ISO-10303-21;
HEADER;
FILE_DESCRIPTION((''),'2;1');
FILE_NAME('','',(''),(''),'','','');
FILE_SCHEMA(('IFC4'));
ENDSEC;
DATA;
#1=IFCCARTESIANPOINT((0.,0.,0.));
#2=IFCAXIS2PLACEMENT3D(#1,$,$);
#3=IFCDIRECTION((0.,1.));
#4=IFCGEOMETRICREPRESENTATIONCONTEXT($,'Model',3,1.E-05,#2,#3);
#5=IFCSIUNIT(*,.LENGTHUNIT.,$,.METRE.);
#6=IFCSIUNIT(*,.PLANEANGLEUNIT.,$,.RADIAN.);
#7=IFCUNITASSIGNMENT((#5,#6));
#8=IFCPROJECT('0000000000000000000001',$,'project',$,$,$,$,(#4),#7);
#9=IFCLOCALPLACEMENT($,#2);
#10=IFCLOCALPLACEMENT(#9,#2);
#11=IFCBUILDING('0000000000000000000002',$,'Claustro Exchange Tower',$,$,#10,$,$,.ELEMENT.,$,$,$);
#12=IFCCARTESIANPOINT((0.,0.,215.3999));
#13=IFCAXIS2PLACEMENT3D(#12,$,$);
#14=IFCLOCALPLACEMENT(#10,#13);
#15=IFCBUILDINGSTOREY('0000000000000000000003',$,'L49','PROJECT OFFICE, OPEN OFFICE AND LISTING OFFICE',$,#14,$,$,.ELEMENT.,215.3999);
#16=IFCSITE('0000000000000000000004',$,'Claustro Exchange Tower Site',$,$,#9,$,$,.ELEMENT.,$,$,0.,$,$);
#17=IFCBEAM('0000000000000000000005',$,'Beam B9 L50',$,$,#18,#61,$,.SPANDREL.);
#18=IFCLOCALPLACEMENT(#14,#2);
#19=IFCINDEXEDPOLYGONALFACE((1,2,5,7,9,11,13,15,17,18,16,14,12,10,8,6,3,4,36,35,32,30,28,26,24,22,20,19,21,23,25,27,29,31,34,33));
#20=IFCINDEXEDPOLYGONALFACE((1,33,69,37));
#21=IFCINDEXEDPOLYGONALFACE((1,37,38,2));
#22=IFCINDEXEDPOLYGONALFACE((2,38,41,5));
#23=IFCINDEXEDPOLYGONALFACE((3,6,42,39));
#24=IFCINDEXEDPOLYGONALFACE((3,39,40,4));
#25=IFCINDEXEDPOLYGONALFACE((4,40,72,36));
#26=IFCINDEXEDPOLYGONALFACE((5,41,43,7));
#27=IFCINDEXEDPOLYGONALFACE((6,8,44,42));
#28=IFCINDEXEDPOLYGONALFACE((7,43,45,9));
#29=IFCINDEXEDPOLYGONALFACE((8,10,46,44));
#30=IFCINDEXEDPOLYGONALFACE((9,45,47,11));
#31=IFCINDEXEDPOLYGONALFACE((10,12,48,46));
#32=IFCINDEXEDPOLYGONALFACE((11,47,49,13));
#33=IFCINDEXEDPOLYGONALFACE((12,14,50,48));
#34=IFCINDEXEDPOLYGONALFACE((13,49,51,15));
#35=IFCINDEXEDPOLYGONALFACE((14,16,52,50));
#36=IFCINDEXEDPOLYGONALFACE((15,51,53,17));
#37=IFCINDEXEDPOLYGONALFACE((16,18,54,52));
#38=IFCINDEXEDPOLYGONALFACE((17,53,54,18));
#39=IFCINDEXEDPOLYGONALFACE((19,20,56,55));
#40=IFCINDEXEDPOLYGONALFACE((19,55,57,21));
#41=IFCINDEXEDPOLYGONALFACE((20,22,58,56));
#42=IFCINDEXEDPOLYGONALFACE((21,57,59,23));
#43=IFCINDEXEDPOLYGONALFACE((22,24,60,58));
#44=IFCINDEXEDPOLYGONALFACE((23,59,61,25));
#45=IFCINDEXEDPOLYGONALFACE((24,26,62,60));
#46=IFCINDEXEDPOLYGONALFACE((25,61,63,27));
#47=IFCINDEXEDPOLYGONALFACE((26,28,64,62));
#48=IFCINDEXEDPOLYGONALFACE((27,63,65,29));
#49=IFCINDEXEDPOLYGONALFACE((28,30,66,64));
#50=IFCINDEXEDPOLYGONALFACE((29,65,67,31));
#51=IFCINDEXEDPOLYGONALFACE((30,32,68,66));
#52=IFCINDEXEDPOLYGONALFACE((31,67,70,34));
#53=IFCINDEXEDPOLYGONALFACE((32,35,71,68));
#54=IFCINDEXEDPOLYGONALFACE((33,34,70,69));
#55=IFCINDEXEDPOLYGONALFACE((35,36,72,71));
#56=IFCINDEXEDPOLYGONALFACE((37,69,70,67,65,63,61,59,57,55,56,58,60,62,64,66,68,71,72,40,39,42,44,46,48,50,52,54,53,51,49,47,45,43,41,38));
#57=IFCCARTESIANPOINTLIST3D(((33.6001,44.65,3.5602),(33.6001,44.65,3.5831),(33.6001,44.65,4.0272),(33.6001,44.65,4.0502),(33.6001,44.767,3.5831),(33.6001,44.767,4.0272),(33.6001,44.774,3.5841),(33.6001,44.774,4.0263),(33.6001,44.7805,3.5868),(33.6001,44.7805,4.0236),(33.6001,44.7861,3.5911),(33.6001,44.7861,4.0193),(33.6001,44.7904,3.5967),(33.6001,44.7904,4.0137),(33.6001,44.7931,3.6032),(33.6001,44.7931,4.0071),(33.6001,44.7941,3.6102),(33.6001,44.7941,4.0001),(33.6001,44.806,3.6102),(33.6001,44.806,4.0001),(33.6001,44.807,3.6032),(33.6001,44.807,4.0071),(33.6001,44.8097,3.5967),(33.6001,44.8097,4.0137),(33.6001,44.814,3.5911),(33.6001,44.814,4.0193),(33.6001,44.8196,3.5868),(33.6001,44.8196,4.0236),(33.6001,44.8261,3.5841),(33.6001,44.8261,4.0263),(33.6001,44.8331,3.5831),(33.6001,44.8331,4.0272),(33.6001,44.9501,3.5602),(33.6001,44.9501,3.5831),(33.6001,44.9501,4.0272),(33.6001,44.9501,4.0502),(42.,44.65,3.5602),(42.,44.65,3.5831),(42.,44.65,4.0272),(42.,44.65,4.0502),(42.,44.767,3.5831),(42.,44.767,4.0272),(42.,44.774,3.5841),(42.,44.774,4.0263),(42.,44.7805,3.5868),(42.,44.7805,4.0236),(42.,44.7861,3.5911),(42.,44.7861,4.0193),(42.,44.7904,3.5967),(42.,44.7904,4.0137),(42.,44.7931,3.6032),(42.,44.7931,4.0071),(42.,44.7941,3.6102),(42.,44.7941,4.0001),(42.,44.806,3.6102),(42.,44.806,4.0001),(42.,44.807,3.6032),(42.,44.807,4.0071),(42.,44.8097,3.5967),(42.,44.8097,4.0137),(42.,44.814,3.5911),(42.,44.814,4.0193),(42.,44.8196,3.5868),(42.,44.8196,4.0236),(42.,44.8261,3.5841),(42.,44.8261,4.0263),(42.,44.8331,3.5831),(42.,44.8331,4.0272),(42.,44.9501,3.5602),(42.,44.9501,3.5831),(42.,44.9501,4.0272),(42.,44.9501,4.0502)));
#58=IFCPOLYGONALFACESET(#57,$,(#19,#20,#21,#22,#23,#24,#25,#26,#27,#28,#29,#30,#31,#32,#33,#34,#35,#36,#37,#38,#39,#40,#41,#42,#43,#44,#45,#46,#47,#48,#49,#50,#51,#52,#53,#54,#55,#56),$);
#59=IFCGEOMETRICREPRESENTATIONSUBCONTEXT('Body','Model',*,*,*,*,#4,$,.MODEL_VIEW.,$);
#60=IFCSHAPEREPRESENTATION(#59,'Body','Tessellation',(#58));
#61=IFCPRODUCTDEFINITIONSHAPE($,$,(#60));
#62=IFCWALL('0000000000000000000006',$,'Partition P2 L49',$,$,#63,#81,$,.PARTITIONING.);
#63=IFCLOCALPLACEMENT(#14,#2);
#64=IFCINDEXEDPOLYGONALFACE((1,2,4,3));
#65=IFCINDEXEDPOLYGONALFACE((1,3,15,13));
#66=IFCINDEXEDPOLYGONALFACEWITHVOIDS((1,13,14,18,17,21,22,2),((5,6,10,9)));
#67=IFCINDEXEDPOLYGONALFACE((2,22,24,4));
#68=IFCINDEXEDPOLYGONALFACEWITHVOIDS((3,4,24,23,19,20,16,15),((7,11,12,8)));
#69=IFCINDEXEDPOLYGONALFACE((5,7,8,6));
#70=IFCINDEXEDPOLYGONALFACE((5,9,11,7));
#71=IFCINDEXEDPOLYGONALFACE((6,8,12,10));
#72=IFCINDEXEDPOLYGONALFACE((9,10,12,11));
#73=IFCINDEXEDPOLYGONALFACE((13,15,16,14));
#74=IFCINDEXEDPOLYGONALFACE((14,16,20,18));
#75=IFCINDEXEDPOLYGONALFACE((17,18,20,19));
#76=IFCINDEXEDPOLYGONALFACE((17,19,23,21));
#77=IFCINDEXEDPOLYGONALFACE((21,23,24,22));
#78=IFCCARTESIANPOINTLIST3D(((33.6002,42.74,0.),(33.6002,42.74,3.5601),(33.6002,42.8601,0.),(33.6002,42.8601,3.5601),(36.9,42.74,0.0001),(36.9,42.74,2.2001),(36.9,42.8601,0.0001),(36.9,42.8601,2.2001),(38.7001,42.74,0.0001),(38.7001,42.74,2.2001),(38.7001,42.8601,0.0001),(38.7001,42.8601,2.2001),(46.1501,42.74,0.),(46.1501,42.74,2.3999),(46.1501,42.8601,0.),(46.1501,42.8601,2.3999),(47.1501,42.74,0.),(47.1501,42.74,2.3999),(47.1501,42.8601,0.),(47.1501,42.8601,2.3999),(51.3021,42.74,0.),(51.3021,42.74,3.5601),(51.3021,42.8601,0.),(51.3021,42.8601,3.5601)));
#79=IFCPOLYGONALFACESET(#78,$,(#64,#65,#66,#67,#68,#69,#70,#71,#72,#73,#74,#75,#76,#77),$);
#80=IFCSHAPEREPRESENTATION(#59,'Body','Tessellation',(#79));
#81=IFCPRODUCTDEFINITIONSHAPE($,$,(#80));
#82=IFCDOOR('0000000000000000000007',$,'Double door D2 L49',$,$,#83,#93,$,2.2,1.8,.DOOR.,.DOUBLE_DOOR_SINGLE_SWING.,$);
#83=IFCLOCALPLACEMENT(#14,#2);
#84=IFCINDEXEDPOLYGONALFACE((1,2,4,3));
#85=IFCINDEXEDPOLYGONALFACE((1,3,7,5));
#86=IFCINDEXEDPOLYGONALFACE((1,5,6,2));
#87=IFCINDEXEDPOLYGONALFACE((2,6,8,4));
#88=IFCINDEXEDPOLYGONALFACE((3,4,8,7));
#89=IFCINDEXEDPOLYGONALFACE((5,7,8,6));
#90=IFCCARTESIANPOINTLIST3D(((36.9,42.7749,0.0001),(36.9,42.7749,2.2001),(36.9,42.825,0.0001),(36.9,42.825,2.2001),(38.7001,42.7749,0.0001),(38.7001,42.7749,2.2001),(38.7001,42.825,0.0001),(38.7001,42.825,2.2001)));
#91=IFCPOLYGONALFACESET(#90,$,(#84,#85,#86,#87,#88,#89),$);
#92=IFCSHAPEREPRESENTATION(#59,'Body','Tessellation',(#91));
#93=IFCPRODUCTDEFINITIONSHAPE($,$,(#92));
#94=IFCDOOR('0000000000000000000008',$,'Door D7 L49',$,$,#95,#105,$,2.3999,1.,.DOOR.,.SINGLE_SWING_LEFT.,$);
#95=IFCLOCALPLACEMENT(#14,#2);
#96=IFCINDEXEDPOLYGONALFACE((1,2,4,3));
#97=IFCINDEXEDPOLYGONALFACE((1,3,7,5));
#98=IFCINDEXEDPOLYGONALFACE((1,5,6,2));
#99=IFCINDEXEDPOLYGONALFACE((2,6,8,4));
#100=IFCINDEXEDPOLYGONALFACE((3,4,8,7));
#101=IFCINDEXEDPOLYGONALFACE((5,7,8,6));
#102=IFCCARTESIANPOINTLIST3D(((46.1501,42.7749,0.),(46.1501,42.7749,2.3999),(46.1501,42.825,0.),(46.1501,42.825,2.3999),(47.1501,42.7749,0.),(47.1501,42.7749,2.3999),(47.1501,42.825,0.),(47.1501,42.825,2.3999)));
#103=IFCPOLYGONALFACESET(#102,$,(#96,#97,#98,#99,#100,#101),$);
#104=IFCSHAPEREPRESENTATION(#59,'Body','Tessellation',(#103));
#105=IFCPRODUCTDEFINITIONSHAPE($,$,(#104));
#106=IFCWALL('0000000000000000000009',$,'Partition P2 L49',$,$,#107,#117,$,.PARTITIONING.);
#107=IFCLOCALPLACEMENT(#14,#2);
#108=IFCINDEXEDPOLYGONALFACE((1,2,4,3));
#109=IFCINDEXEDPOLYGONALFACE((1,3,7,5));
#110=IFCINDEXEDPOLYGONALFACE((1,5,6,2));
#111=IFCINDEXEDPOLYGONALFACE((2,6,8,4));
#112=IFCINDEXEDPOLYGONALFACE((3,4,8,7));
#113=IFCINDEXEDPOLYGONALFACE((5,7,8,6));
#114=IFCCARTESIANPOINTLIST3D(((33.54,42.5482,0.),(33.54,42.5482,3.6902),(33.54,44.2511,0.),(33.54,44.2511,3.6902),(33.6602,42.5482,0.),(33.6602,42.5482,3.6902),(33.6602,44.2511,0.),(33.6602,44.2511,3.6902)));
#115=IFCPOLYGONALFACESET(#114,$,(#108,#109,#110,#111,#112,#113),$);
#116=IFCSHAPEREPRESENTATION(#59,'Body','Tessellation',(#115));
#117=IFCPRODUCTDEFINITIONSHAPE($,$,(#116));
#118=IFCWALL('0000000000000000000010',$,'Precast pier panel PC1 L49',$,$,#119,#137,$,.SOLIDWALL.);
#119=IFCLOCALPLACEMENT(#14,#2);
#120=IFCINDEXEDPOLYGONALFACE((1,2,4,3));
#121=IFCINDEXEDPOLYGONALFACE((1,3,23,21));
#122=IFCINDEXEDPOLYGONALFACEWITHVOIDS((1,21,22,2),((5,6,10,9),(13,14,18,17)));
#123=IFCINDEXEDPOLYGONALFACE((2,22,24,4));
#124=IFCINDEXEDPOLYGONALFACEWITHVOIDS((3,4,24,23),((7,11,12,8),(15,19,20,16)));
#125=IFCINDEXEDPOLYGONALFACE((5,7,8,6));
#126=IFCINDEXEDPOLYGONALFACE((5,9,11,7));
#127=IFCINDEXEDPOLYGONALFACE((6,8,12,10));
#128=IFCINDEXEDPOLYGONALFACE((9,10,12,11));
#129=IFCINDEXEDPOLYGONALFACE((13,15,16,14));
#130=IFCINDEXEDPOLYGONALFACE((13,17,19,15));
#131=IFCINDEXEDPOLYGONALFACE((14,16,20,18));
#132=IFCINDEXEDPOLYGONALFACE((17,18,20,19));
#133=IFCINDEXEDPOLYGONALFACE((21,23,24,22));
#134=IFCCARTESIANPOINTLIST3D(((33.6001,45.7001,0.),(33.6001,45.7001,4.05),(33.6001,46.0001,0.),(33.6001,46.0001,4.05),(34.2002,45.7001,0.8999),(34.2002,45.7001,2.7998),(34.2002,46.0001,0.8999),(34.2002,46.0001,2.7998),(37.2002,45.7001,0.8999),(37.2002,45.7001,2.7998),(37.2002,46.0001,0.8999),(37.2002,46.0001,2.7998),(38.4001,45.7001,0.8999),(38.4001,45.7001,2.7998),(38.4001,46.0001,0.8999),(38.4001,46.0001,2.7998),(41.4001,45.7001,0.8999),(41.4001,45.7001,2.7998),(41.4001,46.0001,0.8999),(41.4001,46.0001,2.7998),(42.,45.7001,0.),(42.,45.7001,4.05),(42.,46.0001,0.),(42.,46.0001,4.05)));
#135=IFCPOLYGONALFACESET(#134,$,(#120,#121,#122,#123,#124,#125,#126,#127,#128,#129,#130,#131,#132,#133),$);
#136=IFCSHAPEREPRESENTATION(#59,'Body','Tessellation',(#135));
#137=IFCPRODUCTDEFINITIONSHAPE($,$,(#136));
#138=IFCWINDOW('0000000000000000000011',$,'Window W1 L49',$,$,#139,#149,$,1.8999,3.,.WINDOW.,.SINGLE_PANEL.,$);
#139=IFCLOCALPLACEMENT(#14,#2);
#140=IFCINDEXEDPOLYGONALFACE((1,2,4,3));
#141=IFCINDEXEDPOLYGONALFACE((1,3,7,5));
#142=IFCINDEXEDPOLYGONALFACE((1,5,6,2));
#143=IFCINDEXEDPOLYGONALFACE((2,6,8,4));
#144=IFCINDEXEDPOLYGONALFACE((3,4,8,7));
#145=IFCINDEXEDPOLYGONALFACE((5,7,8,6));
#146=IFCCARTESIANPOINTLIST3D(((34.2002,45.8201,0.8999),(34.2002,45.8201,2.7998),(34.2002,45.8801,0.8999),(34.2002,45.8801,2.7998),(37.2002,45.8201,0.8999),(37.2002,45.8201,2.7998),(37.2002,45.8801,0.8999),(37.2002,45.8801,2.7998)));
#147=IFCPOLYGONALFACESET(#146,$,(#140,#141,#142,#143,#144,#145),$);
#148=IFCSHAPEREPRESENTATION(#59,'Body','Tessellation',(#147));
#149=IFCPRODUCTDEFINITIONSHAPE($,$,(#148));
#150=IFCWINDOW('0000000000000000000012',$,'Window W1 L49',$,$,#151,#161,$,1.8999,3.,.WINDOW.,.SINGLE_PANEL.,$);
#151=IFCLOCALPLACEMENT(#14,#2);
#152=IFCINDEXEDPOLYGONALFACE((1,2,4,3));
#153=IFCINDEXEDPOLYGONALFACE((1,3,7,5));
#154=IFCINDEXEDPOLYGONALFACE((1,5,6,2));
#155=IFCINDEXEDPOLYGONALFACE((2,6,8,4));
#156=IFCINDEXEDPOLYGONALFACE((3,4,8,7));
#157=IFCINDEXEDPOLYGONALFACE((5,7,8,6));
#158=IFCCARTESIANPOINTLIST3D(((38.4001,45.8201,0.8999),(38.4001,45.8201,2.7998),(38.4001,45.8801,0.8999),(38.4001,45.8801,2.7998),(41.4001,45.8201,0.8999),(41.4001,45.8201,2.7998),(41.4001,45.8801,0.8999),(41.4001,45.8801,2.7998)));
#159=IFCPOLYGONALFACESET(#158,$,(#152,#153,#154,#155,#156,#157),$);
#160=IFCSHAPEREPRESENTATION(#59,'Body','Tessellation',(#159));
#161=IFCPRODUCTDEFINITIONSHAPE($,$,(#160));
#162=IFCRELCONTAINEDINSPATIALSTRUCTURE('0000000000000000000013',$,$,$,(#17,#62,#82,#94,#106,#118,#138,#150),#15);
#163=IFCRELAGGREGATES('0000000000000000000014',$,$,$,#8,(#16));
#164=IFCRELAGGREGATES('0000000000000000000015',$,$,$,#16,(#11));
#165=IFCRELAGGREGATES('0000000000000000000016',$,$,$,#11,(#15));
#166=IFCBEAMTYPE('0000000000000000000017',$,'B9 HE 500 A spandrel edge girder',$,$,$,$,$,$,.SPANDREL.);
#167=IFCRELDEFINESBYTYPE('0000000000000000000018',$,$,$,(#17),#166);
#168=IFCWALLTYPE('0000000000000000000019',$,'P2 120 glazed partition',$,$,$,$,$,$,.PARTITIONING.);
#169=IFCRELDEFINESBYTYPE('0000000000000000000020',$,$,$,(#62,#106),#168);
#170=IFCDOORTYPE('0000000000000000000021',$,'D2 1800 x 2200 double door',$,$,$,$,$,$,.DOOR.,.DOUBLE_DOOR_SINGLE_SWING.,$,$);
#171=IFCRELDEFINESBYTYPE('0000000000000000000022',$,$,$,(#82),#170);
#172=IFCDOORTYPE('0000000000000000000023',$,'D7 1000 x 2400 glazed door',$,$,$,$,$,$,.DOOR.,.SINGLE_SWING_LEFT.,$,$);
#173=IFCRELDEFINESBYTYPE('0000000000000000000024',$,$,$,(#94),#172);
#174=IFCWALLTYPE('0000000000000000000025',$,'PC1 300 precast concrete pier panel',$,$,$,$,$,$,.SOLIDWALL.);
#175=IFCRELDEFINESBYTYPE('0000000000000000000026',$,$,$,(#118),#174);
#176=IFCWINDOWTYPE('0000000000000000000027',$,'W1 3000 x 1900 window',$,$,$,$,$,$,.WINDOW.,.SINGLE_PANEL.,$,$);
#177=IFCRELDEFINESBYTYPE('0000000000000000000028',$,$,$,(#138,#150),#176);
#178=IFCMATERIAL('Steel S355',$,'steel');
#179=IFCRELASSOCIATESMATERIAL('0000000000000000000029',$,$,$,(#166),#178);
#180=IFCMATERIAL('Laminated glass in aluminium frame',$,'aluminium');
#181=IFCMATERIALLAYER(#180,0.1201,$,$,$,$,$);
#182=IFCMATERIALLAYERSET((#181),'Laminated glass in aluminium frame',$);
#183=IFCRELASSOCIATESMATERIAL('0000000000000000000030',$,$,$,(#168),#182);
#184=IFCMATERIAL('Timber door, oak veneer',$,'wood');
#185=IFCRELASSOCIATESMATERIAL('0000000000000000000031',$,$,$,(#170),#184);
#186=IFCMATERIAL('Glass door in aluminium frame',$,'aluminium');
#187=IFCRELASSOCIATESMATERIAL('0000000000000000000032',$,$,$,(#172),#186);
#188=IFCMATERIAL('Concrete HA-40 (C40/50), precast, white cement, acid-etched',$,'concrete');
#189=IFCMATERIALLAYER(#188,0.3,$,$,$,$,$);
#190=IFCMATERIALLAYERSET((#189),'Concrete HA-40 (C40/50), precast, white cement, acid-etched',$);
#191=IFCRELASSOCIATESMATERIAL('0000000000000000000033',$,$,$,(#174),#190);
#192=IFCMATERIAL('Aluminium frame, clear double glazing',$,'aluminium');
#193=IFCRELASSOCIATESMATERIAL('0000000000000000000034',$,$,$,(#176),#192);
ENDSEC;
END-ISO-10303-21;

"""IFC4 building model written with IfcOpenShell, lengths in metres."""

from ifc_helpers import new_model, si_unit, direction, frame, frame_2d, origin, origin_2d, place, context, subcontext, project, spatial, rectangle, i_section, extrude, material, layer, layer_set, material_profile, profile_set, type_object, element, fill, save


model = new_model("IFC4")

# Units and contexts
model_context = context("Model", 3, precision=1e-05, world=origin(), true_north=direction((0.0, 1.0)))
body_context = subcontext(model_context, "Body", "Model", "MODEL_VIEW")
ifc_project = project(units=[si_unit("LENGTHUNIT", "METRE"), si_unit("PLANEANGLEUNIT", "RADIAN")], contexts=[model_context])

# Site, building, storey
site_placement = place(None, origin())
site = spatial("IfcSite", under=ifc_project, at=site_placement, Name="Claustro Exchange Tower Site", CompositionType="ELEMENT", RefElevation=0.0)
building_placement = place(site_placement, origin())
building = spatial("IfcBuilding", under=site, at=building_placement, Name="Claustro Exchange Tower", CompositionType="ELEMENT")
storey_placement = place(building_placement, frame((0.0, 0.0, 215.3999)))
storey = spatial("IfcBuildingStorey", under=building, at=storey_placement, Name="L49", Description="PROJECT OFFICE, OPEN OFFICE AND LISTING OFFICE", CompositionType="ELEMENT", Elevation=215.3999)

# Beam
ifc_material_1 = material(Name="Steel S355", Category="steel")
ifc_material_profile_1 = material_profile(ifc_material_1, i_section(OverallWidth=0.3, OverallDepth=0.49, WebThickness=0.012, FlangeThickness=0.0229, FilletRadius=0.0271, at=origin_2d()), Name="HE 500 A")
ifc_profile_set_1 = profile_set([ifc_material_profile_1], Name="Steel S355")
beam_type_1 = type_object("IfcBeamType", Name="B9 HE 500 A spandrel edge girder", PredefinedType="SPANDREL", material=ifc_profile_set_1)
beam_1_placement = place(storey_placement, frame((33.6001, 44.8, 3.8052), z_axis=(1.0, 0.0, 0.0), x_axis=(0.0, 1.0, 0.0)))
element("IfcBeam", 1, at=beam_1_placement, inside=storey, type_object=beam_type_1, Name="Beam B9 L50", PredefinedType="SPANDREL", context=body_context, shape_type="SweptSolid", body=[
    extrude(i_section(OverallWidth=0.3, OverallDepth=0.49, WebThickness=0.012, FlangeThickness=0.0229, FilletRadius=0.0271, at=origin_2d()), origin(), (0.0, 0.0, 1.0), 8.3999),
])

# Wall, openings, doors
ifc_material_2 = material(Name="Laminated glass in aluminium frame", Category="aluminium")
ifc_layer_1 = layer(ifc_material_2, 0.1201)
ifc_layer_set_1 = layer_set([ifc_layer_1], Name="Laminated glass in aluminium frame")
wall_type_1 = type_object("IfcWallType", Name="P2 120 glazed partition", PredefinedType="PARTITIONING", material=ifc_layer_set_1)
wall_1_placement = place(storey_placement, frame((33.6001, 42.8, 0.0), z_axis=(0.0, 0.0, 1.0), x_axis=(1.0, 0.0, 0.0)))
wall_1 = element("IfcWall", 2, at=wall_1_placement, inside=storey, type_object=wall_type_1, Name="Partition P2 L49", PredefinedType="PARTITIONING", context=body_context, shape_type="SweptSolid", body=[
    extrude(rectangle(XDim=17.7019, YDim=0.1201, at=frame_2d((8.8511, 0.0))), origin(), (0.0, 0.0, 1.0), 3.5601),
])
opening_1_placement = place(wall_1_placement, frame((3.3, 0.0, 0.0)))
opening_1 = element("IfcOpeningElement", 3, at=opening_1_placement, cuts=wall_1, PredefinedType="OPENING", context=body_context, shape_type="SweptSolid", body=[
    extrude(rectangle(XDim=1.8, YDim=2.2, at=frame_2d((0.8999, 1.1001))), frame((0.0, 0.0701, 0.0), z_axis=(0.0, -1.0, 0.0), x_axis=(1.0, 0.0, 0.0)), (0.0, 0.0, 1.0), 0.1401),
])
opening_2_placement = place(wall_1_placement, frame((12.55, 0.0, 0.0)))
opening_2 = element("IfcOpeningElement", 4, at=opening_2_placement, cuts=wall_1, PredefinedType="OPENING", context=body_context, shape_type="SweptSolid", body=[
    extrude(rectangle(XDim=1.0, YDim=2.3999, at=frame_2d((0.5, 1.2))), frame((0.0, 0.0701, 0.0), z_axis=(0.0, -1.0, 0.0), x_axis=(1.0, 0.0, 0.0)), (0.0, 0.0, 1.0), 0.1401),
])
ifc_material_3 = material(Name="Timber door, oak veneer", Category="wood")
door_type_1 = type_object("IfcDoorType", Name="D2 1800 x 2200 double door", OperationType="DOUBLE_DOOR_SINGLE_SWING", PredefinedType="DOOR", material=ifc_material_3)
door_1_placement = place(opening_1_placement, origin())
door_1 = element("IfcDoor", 5, at=door_1_placement, inside=storey, type_object=door_type_1, Name="Double door D2 L49", OperationType="DOUBLE_DOOR_SINGLE_SWING", OverallHeight=2.2, OverallWidth=1.8, PredefinedType="DOOR", context=body_context, shape_type="SweptSolid", body=[
    extrude(rectangle(XDim=1.8, YDim=2.2, at=frame_2d((0.8999, 1.1001))), frame((0.0, 0.0249, 0.0), z_axis=(0.0, -1.0, 0.0), x_axis=(1.0, 0.0, 0.0)), (0.0, 0.0, 1.0), 0.05),
])
fill(opening_1, door_1)
ifc_material_4 = material(Name="Glass door in aluminium frame", Category="aluminium")
door_type_2 = type_object("IfcDoorType", Name="D7 1000 x 2400 glazed door", OperationType="SINGLE_SWING_LEFT", PredefinedType="DOOR", material=ifc_material_4)
door_2_placement = place(opening_2_placement, origin())
door_2 = element("IfcDoor", 6, at=door_2_placement, inside=storey, type_object=door_type_2, Name="Door D7 L49", OperationType="SINGLE_SWING_LEFT", OverallHeight=2.3999, OverallWidth=1.0, PredefinedType="DOOR", context=body_context, shape_type="SweptSolid", body=[
    extrude(rectangle(XDim=1.0, YDim=2.3999, at=frame_2d((0.5, 1.2))), frame((0.0, 0.0249, 0.0), z_axis=(0.0, -1.0, 0.0), x_axis=(1.0, 0.0, 0.0)), (0.0, 0.0, 1.0), 0.05),
])
fill(opening_2, door_2)

# Wall
wall_2_placement = place(storey_placement, frame((33.6001, 42.5481, 0.0), z_axis=(0.0, 0.0, 1.0), x_axis=(0.0, 1.0, 0.0)))
element("IfcWall", 7, at=wall_2_placement, inside=storey, type_object=wall_type_1, Name="Partition P2 L49", PredefinedType="PARTITIONING", context=body_context, shape_type="SweptSolid", body=[
    extrude(rectangle(XDim=1.7029, YDim=0.1201, at=frame_2d((0.8516, 0.0))), origin(), (0.0, 0.0, 1.0), 3.6902),
])

# Wall, openings, windows
ifc_material_5 = material(Name="Concrete HA-40 (C40/50), precast, white cement, acid-etched", Category="concrete")
ifc_layer_2 = layer(ifc_material_5, 0.3)
ifc_layer_set_2 = layer_set([ifc_layer_2], Name="Concrete HA-40 (C40/50), precast, white cement, acid-etched")
wall_type_2 = type_object("IfcWallType", Name="PC1 300 precast concrete pier panel", PredefinedType="SOLIDWALL", material=ifc_layer_set_2)
wall_3_placement = place(storey_placement, frame((33.6001, 45.8501, 0.0), z_axis=(0.0, 0.0, 1.0), x_axis=(1.0, 0.0, 0.0)))
wall_3 = element("IfcWall", 8, at=wall_3_placement, inside=storey, type_object=wall_type_2, Name="Precast pier panel PC1 L49", PredefinedType="SOLIDWALL", context=body_context, shape_type="SweptSolid", body=[
    extrude(rectangle(XDim=8.3999, YDim=0.3, at=frame_2d((4.2, 0.0))), origin(), (0.0, 0.0, 1.0), 4.05),
])
opening_3_placement = place(wall_3_placement, frame((0.6001, 0.0, 0.8999)))
opening_3 = element("IfcOpeningElement", 9, at=opening_3_placement, cuts=wall_3, PredefinedType="OPENING", context=body_context, shape_type="SweptSolid", body=[
    extrude(rectangle(XDim=3.0, YDim=1.8999, at=frame_2d((1.5, 0.95))), frame((0.0, 0.1599, 0.0), z_axis=(0.0, -1.0, 0.0), x_axis=(1.0, 0.0, 0.0)), (0.0, 0.0, 1.0), 0.3201),
])
opening_4_placement = place(wall_3_placement, frame((4.8, 0.0, 0.8999)))
opening_4 = element("IfcOpeningElement", 10, at=opening_4_placement, cuts=wall_3, PredefinedType="OPENING", context=body_context, shape_type="SweptSolid", body=[
    extrude(rectangle(XDim=3.0, YDim=1.8999, at=frame_2d((1.5, 0.95))), frame((0.0, 0.1599, 0.0), z_axis=(0.0, -1.0, 0.0), x_axis=(1.0, 0.0, 0.0)), (0.0, 0.0, 1.0), 0.3201),
])
ifc_material_6 = material(Name="Aluminium frame, clear double glazing", Category="aluminium")
window_type = type_object("IfcWindowType", Name="W1 3000 x 1900 window", PartitioningType="SINGLE_PANEL", PredefinedType="WINDOW", material=ifc_material_6)
window_1_placement = place(opening_3_placement, origin())
window_1 = element("IfcWindow", 11, at=window_1_placement, inside=storey, type_object=window_type, Name="Window W1 L49", OverallHeight=1.8999, OverallWidth=3.0, PartitioningType="SINGLE_PANEL", PredefinedType="WINDOW", context=body_context, shape_type="SweptSolid", body=[
    extrude(rectangle(XDim=3.0, YDim=1.8999, at=frame_2d((1.5, 0.95))), frame((0.0, 0.03, 0.0), z_axis=(0.0, -1.0, 0.0), x_axis=(1.0, 0.0, 0.0)), (0.0, 0.0, 1.0), 0.0601),
])
fill(opening_3, window_1)
window_2_placement = place(opening_4_placement, origin())
window_2 = element("IfcWindow", 12, at=window_2_placement, inside=storey, type_object=window_type, Name="Window W1 L49", OverallHeight=1.8999, OverallWidth=3.0, PartitioningType="SINGLE_PANEL", PredefinedType="WINDOW", context=body_context, shape_type="SweptSolid", body=[
    extrude(rectangle(XDim=3.0, YDim=1.8999, at=frame_2d((1.5, 0.95))), frame((0.0, 0.03, 0.0), z_axis=(0.0, -1.0, 0.0), x_axis=(1.0, 0.0, 0.0)), (0.0, 0.0, 1.0), 0.0601),
])
fill(opening_4, window_2)

save(model, "model.ifc")
